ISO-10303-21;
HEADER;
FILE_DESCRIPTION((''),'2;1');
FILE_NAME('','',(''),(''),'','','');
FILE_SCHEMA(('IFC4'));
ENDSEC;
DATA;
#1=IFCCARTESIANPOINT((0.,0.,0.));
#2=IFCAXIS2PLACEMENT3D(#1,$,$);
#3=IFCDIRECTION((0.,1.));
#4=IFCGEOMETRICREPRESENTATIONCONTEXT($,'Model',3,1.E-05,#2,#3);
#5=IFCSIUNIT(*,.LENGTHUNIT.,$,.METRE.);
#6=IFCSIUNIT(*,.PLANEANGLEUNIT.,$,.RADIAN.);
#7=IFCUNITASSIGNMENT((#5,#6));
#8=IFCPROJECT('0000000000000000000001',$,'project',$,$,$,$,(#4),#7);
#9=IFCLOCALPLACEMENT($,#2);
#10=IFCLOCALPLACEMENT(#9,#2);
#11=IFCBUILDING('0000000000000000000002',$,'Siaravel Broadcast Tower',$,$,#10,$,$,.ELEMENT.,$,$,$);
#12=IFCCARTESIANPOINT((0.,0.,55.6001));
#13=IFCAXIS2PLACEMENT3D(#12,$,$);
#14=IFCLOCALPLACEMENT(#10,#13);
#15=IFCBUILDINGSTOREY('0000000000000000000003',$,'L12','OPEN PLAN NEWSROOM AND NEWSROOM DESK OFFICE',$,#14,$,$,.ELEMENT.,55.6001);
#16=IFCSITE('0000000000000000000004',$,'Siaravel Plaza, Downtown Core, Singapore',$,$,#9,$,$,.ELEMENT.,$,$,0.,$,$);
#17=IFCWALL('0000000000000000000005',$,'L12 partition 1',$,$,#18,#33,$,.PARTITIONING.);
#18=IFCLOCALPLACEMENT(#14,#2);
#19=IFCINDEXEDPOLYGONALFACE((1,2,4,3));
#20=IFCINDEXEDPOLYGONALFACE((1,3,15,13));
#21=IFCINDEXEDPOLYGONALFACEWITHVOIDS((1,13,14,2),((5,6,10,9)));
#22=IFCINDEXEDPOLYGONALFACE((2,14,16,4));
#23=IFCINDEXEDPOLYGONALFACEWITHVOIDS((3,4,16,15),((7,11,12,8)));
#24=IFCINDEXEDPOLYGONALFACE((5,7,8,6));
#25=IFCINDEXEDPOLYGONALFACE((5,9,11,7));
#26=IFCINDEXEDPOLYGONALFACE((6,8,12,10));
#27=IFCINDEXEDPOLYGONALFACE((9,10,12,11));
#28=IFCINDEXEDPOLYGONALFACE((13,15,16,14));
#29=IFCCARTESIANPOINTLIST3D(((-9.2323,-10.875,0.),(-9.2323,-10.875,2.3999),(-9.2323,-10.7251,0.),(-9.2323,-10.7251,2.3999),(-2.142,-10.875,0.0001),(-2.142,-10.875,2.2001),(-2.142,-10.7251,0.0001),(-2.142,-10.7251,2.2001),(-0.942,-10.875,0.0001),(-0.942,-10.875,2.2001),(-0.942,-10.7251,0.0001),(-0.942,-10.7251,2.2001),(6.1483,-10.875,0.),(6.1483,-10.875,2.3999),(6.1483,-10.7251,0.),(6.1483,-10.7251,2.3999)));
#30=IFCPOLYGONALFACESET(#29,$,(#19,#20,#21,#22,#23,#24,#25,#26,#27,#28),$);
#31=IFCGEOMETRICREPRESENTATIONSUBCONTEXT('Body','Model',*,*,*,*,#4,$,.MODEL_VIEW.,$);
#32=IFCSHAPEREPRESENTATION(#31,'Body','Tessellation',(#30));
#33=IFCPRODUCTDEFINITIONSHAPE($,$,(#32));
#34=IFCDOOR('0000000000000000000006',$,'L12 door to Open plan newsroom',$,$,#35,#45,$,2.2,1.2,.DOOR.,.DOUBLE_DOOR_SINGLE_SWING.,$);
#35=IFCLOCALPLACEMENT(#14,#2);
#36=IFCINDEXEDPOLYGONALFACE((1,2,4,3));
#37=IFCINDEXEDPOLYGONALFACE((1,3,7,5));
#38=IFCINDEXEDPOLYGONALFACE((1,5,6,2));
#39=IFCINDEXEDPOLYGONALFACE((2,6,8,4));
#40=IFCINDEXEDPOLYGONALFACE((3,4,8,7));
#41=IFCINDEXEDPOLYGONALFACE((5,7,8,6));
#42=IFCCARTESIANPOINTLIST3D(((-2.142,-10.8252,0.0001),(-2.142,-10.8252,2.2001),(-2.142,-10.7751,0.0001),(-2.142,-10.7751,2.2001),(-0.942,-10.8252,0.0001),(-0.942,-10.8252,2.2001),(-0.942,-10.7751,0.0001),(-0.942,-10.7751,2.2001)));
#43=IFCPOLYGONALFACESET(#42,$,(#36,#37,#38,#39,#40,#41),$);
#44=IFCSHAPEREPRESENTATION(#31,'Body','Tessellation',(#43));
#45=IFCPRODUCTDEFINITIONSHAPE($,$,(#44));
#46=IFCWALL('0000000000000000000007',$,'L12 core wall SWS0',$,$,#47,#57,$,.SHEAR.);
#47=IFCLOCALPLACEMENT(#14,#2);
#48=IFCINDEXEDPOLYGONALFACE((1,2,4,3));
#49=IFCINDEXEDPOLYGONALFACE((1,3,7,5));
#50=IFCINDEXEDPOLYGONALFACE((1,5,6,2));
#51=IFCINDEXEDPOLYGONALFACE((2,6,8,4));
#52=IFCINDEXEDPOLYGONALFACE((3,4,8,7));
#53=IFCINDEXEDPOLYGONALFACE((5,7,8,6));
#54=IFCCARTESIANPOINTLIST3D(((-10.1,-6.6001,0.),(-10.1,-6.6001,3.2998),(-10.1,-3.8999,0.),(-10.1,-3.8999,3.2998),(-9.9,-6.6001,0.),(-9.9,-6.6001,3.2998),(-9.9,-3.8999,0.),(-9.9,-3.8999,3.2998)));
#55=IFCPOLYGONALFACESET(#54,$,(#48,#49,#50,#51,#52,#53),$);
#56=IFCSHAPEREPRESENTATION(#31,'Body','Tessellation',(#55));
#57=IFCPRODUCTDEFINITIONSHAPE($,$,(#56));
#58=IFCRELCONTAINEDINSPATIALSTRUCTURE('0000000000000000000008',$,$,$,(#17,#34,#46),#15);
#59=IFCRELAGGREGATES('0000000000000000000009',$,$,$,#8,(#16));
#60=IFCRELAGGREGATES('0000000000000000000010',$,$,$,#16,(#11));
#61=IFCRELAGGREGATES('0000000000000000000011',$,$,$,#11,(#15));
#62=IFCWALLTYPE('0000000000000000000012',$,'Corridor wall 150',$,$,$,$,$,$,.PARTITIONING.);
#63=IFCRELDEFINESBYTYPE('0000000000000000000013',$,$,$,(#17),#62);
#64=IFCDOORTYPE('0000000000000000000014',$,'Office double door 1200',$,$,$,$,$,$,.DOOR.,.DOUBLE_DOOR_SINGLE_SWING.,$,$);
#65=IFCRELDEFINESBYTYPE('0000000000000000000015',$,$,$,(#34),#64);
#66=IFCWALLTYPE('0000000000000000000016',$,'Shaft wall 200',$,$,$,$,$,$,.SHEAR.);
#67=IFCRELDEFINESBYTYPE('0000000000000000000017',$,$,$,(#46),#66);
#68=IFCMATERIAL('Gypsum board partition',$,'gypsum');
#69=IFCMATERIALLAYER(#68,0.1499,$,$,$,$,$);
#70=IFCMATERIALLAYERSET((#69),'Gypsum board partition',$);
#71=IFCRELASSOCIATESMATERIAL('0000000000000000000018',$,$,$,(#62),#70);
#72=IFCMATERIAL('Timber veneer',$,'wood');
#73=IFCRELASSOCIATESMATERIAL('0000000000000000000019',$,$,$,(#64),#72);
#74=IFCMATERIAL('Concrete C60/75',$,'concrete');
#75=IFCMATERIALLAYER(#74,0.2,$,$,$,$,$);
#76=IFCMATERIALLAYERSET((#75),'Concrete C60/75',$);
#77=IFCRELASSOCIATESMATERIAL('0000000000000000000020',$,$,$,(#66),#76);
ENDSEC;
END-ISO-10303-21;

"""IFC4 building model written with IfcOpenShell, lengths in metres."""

from ifc_helpers import new_model, si_unit, direction, frame, frame_2d, origin, place, context, subcontext, project, spatial, rectangle, extrude, material, layer, layer_set, type_object, element, fill, save


model = new_model("IFC4")

# Units and contexts
model_context = context("Model", 3, precision=1e-05, world=origin(), true_north=direction((0.0, 1.0)))
body_context = subcontext(model_context, "Body", "Model", "MODEL_VIEW")
ifc_project = project(units=[si_unit("LENGTHUNIT", "METRE"), si_unit("PLANEANGLEUNIT", "RADIAN")], contexts=[model_context])

# Site, building, storey
site_placement = place(None, origin())
site = spatial("IfcSite", under=ifc_project, at=site_placement, Name="Siaravel Plaza, Downtown Core, Singapore", CompositionType="ELEMENT", RefElevation=0.0)
building_placement = place(site_placement, origin())
building = spatial("IfcBuilding", under=site, at=building_placement, Name="Siaravel Broadcast Tower", CompositionType="ELEMENT")
storey_placement = place(building_placement, frame((0.0, 0.0, 55.6001)))
storey = spatial("IfcBuildingStorey", under=building, at=storey_placement, Name="L12", Description="OPEN PLAN NEWSROOM AND NEWSROOM DESK OFFICE", CompositionType="ELEMENT", Elevation=55.6001)

# Shared definitions
ifc_material_1 = material(Name="Concrete C60/75", Category="concrete")

# Wall, opening, door
ifc_material_2 = material(Name="Gypsum board partition", Category="gypsum")
ifc_layer_1 = layer(ifc_material_2, 0.1499)
ifc_layer_set_1 = layer_set([ifc_layer_1], Name="Gypsum board partition")
wall_type_1 = type_object("IfcWallType", Name="Corridor wall 150", PredefinedType="PARTITIONING", material=ifc_layer_set_1)
wall_1_placement = place(storey_placement, frame((-9.2324, -10.8, 0.0), z_axis=(0.0, 0.0, 1.0), x_axis=(1.0, 0.0, 0.0)))
wall_1 = element("IfcWall", 1, at=wall_1_placement, inside=storey, type_object=wall_type_1, Name="L12 partition 1", PredefinedType="PARTITIONING", context=body_context, shape_type="SweptSolid", body=[
    extrude(rectangle(XDim=15.3806, YDim=0.1499, at=frame_2d((7.6904, 0.0))), origin(), (0.0, 0.0, 1.0), 2.3999),
])
opening_1_placement = place(wall_1_placement, frame((7.0903, 0.0, 0.0)))
opening_1 = element("IfcOpeningElement", 2, at=opening_1_placement, cuts=wall_1, PredefinedType="OPENING", context=body_context, shape_type="SweptSolid", body=[
    extrude(rectangle(XDim=1.2, YDim=2.2, at=frame_2d((0.6001, 1.1001))), frame((0.0, 0.085, 0.0), z_axis=(0.0, -1.0, 0.0), x_axis=(1.0, 0.0, 0.0)), (0.0, 0.0, 1.0), 0.1699),
])
ifc_material_3 = material(Name="Timber veneer", Category="wood")
door_type_1 = type_object("IfcDoorType", Name="Office double door 1200", OperationType="DOUBLE_DOOR_SINGLE_SWING", PredefinedType="DOOR", material=ifc_material_3)
door_1_placement = place(opening_1_placement, origin())
door_1 = element("IfcDoor", 3, at=door_1_placement, inside=storey, type_object=door_type_1, Name="L12 door to Open plan newsroom", OperationType="DOUBLE_DOOR_SINGLE_SWING", OverallHeight=2.2, OverallWidth=1.2, PredefinedType="DOOR", context=body_context, shape_type="SweptSolid", body=[
    extrude(rectangle(XDim=1.2, YDim=2.2, at=frame_2d((0.6001, 1.1001))), frame((0.0, 0.0249, 0.0), z_axis=(0.0, -1.0, 0.0), x_axis=(1.0, 0.0, 0.0)), (0.0, 0.0, 1.0), 0.05),
])
fill(opening_1, door_1)

# Wall
ifc_layer_2 = layer(ifc_material_1, 0.2)
ifc_layer_set_2 = layer_set([ifc_layer_2], Name="Concrete C60/75")
wall_type_2 = type_object("IfcWallType", Name="Shaft wall 200", PredefinedType="SHEAR", material=ifc_layer_set_2)
wall_2_placement = place(storey_placement, frame((-10.0, -6.6001, 0.0), z_axis=(0.0, 0.0, 1.0), x_axis=(0.0, 1.0, 0.0)))
element("IfcWall", 4, at=wall_2_placement, inside=storey, type_object=wall_type_2, Name="L12 core wall SWS0", PredefinedType="SHEAR", context=body_context, shape_type="SweptSolid", body=[
    extrude(rectangle(XDim=2.7002, YDim=0.2, at=frame_2d((1.3501, 0.0))), origin(), (0.0, 0.0, 1.0), 3.2998),
])

save(model, "model.ifc")
